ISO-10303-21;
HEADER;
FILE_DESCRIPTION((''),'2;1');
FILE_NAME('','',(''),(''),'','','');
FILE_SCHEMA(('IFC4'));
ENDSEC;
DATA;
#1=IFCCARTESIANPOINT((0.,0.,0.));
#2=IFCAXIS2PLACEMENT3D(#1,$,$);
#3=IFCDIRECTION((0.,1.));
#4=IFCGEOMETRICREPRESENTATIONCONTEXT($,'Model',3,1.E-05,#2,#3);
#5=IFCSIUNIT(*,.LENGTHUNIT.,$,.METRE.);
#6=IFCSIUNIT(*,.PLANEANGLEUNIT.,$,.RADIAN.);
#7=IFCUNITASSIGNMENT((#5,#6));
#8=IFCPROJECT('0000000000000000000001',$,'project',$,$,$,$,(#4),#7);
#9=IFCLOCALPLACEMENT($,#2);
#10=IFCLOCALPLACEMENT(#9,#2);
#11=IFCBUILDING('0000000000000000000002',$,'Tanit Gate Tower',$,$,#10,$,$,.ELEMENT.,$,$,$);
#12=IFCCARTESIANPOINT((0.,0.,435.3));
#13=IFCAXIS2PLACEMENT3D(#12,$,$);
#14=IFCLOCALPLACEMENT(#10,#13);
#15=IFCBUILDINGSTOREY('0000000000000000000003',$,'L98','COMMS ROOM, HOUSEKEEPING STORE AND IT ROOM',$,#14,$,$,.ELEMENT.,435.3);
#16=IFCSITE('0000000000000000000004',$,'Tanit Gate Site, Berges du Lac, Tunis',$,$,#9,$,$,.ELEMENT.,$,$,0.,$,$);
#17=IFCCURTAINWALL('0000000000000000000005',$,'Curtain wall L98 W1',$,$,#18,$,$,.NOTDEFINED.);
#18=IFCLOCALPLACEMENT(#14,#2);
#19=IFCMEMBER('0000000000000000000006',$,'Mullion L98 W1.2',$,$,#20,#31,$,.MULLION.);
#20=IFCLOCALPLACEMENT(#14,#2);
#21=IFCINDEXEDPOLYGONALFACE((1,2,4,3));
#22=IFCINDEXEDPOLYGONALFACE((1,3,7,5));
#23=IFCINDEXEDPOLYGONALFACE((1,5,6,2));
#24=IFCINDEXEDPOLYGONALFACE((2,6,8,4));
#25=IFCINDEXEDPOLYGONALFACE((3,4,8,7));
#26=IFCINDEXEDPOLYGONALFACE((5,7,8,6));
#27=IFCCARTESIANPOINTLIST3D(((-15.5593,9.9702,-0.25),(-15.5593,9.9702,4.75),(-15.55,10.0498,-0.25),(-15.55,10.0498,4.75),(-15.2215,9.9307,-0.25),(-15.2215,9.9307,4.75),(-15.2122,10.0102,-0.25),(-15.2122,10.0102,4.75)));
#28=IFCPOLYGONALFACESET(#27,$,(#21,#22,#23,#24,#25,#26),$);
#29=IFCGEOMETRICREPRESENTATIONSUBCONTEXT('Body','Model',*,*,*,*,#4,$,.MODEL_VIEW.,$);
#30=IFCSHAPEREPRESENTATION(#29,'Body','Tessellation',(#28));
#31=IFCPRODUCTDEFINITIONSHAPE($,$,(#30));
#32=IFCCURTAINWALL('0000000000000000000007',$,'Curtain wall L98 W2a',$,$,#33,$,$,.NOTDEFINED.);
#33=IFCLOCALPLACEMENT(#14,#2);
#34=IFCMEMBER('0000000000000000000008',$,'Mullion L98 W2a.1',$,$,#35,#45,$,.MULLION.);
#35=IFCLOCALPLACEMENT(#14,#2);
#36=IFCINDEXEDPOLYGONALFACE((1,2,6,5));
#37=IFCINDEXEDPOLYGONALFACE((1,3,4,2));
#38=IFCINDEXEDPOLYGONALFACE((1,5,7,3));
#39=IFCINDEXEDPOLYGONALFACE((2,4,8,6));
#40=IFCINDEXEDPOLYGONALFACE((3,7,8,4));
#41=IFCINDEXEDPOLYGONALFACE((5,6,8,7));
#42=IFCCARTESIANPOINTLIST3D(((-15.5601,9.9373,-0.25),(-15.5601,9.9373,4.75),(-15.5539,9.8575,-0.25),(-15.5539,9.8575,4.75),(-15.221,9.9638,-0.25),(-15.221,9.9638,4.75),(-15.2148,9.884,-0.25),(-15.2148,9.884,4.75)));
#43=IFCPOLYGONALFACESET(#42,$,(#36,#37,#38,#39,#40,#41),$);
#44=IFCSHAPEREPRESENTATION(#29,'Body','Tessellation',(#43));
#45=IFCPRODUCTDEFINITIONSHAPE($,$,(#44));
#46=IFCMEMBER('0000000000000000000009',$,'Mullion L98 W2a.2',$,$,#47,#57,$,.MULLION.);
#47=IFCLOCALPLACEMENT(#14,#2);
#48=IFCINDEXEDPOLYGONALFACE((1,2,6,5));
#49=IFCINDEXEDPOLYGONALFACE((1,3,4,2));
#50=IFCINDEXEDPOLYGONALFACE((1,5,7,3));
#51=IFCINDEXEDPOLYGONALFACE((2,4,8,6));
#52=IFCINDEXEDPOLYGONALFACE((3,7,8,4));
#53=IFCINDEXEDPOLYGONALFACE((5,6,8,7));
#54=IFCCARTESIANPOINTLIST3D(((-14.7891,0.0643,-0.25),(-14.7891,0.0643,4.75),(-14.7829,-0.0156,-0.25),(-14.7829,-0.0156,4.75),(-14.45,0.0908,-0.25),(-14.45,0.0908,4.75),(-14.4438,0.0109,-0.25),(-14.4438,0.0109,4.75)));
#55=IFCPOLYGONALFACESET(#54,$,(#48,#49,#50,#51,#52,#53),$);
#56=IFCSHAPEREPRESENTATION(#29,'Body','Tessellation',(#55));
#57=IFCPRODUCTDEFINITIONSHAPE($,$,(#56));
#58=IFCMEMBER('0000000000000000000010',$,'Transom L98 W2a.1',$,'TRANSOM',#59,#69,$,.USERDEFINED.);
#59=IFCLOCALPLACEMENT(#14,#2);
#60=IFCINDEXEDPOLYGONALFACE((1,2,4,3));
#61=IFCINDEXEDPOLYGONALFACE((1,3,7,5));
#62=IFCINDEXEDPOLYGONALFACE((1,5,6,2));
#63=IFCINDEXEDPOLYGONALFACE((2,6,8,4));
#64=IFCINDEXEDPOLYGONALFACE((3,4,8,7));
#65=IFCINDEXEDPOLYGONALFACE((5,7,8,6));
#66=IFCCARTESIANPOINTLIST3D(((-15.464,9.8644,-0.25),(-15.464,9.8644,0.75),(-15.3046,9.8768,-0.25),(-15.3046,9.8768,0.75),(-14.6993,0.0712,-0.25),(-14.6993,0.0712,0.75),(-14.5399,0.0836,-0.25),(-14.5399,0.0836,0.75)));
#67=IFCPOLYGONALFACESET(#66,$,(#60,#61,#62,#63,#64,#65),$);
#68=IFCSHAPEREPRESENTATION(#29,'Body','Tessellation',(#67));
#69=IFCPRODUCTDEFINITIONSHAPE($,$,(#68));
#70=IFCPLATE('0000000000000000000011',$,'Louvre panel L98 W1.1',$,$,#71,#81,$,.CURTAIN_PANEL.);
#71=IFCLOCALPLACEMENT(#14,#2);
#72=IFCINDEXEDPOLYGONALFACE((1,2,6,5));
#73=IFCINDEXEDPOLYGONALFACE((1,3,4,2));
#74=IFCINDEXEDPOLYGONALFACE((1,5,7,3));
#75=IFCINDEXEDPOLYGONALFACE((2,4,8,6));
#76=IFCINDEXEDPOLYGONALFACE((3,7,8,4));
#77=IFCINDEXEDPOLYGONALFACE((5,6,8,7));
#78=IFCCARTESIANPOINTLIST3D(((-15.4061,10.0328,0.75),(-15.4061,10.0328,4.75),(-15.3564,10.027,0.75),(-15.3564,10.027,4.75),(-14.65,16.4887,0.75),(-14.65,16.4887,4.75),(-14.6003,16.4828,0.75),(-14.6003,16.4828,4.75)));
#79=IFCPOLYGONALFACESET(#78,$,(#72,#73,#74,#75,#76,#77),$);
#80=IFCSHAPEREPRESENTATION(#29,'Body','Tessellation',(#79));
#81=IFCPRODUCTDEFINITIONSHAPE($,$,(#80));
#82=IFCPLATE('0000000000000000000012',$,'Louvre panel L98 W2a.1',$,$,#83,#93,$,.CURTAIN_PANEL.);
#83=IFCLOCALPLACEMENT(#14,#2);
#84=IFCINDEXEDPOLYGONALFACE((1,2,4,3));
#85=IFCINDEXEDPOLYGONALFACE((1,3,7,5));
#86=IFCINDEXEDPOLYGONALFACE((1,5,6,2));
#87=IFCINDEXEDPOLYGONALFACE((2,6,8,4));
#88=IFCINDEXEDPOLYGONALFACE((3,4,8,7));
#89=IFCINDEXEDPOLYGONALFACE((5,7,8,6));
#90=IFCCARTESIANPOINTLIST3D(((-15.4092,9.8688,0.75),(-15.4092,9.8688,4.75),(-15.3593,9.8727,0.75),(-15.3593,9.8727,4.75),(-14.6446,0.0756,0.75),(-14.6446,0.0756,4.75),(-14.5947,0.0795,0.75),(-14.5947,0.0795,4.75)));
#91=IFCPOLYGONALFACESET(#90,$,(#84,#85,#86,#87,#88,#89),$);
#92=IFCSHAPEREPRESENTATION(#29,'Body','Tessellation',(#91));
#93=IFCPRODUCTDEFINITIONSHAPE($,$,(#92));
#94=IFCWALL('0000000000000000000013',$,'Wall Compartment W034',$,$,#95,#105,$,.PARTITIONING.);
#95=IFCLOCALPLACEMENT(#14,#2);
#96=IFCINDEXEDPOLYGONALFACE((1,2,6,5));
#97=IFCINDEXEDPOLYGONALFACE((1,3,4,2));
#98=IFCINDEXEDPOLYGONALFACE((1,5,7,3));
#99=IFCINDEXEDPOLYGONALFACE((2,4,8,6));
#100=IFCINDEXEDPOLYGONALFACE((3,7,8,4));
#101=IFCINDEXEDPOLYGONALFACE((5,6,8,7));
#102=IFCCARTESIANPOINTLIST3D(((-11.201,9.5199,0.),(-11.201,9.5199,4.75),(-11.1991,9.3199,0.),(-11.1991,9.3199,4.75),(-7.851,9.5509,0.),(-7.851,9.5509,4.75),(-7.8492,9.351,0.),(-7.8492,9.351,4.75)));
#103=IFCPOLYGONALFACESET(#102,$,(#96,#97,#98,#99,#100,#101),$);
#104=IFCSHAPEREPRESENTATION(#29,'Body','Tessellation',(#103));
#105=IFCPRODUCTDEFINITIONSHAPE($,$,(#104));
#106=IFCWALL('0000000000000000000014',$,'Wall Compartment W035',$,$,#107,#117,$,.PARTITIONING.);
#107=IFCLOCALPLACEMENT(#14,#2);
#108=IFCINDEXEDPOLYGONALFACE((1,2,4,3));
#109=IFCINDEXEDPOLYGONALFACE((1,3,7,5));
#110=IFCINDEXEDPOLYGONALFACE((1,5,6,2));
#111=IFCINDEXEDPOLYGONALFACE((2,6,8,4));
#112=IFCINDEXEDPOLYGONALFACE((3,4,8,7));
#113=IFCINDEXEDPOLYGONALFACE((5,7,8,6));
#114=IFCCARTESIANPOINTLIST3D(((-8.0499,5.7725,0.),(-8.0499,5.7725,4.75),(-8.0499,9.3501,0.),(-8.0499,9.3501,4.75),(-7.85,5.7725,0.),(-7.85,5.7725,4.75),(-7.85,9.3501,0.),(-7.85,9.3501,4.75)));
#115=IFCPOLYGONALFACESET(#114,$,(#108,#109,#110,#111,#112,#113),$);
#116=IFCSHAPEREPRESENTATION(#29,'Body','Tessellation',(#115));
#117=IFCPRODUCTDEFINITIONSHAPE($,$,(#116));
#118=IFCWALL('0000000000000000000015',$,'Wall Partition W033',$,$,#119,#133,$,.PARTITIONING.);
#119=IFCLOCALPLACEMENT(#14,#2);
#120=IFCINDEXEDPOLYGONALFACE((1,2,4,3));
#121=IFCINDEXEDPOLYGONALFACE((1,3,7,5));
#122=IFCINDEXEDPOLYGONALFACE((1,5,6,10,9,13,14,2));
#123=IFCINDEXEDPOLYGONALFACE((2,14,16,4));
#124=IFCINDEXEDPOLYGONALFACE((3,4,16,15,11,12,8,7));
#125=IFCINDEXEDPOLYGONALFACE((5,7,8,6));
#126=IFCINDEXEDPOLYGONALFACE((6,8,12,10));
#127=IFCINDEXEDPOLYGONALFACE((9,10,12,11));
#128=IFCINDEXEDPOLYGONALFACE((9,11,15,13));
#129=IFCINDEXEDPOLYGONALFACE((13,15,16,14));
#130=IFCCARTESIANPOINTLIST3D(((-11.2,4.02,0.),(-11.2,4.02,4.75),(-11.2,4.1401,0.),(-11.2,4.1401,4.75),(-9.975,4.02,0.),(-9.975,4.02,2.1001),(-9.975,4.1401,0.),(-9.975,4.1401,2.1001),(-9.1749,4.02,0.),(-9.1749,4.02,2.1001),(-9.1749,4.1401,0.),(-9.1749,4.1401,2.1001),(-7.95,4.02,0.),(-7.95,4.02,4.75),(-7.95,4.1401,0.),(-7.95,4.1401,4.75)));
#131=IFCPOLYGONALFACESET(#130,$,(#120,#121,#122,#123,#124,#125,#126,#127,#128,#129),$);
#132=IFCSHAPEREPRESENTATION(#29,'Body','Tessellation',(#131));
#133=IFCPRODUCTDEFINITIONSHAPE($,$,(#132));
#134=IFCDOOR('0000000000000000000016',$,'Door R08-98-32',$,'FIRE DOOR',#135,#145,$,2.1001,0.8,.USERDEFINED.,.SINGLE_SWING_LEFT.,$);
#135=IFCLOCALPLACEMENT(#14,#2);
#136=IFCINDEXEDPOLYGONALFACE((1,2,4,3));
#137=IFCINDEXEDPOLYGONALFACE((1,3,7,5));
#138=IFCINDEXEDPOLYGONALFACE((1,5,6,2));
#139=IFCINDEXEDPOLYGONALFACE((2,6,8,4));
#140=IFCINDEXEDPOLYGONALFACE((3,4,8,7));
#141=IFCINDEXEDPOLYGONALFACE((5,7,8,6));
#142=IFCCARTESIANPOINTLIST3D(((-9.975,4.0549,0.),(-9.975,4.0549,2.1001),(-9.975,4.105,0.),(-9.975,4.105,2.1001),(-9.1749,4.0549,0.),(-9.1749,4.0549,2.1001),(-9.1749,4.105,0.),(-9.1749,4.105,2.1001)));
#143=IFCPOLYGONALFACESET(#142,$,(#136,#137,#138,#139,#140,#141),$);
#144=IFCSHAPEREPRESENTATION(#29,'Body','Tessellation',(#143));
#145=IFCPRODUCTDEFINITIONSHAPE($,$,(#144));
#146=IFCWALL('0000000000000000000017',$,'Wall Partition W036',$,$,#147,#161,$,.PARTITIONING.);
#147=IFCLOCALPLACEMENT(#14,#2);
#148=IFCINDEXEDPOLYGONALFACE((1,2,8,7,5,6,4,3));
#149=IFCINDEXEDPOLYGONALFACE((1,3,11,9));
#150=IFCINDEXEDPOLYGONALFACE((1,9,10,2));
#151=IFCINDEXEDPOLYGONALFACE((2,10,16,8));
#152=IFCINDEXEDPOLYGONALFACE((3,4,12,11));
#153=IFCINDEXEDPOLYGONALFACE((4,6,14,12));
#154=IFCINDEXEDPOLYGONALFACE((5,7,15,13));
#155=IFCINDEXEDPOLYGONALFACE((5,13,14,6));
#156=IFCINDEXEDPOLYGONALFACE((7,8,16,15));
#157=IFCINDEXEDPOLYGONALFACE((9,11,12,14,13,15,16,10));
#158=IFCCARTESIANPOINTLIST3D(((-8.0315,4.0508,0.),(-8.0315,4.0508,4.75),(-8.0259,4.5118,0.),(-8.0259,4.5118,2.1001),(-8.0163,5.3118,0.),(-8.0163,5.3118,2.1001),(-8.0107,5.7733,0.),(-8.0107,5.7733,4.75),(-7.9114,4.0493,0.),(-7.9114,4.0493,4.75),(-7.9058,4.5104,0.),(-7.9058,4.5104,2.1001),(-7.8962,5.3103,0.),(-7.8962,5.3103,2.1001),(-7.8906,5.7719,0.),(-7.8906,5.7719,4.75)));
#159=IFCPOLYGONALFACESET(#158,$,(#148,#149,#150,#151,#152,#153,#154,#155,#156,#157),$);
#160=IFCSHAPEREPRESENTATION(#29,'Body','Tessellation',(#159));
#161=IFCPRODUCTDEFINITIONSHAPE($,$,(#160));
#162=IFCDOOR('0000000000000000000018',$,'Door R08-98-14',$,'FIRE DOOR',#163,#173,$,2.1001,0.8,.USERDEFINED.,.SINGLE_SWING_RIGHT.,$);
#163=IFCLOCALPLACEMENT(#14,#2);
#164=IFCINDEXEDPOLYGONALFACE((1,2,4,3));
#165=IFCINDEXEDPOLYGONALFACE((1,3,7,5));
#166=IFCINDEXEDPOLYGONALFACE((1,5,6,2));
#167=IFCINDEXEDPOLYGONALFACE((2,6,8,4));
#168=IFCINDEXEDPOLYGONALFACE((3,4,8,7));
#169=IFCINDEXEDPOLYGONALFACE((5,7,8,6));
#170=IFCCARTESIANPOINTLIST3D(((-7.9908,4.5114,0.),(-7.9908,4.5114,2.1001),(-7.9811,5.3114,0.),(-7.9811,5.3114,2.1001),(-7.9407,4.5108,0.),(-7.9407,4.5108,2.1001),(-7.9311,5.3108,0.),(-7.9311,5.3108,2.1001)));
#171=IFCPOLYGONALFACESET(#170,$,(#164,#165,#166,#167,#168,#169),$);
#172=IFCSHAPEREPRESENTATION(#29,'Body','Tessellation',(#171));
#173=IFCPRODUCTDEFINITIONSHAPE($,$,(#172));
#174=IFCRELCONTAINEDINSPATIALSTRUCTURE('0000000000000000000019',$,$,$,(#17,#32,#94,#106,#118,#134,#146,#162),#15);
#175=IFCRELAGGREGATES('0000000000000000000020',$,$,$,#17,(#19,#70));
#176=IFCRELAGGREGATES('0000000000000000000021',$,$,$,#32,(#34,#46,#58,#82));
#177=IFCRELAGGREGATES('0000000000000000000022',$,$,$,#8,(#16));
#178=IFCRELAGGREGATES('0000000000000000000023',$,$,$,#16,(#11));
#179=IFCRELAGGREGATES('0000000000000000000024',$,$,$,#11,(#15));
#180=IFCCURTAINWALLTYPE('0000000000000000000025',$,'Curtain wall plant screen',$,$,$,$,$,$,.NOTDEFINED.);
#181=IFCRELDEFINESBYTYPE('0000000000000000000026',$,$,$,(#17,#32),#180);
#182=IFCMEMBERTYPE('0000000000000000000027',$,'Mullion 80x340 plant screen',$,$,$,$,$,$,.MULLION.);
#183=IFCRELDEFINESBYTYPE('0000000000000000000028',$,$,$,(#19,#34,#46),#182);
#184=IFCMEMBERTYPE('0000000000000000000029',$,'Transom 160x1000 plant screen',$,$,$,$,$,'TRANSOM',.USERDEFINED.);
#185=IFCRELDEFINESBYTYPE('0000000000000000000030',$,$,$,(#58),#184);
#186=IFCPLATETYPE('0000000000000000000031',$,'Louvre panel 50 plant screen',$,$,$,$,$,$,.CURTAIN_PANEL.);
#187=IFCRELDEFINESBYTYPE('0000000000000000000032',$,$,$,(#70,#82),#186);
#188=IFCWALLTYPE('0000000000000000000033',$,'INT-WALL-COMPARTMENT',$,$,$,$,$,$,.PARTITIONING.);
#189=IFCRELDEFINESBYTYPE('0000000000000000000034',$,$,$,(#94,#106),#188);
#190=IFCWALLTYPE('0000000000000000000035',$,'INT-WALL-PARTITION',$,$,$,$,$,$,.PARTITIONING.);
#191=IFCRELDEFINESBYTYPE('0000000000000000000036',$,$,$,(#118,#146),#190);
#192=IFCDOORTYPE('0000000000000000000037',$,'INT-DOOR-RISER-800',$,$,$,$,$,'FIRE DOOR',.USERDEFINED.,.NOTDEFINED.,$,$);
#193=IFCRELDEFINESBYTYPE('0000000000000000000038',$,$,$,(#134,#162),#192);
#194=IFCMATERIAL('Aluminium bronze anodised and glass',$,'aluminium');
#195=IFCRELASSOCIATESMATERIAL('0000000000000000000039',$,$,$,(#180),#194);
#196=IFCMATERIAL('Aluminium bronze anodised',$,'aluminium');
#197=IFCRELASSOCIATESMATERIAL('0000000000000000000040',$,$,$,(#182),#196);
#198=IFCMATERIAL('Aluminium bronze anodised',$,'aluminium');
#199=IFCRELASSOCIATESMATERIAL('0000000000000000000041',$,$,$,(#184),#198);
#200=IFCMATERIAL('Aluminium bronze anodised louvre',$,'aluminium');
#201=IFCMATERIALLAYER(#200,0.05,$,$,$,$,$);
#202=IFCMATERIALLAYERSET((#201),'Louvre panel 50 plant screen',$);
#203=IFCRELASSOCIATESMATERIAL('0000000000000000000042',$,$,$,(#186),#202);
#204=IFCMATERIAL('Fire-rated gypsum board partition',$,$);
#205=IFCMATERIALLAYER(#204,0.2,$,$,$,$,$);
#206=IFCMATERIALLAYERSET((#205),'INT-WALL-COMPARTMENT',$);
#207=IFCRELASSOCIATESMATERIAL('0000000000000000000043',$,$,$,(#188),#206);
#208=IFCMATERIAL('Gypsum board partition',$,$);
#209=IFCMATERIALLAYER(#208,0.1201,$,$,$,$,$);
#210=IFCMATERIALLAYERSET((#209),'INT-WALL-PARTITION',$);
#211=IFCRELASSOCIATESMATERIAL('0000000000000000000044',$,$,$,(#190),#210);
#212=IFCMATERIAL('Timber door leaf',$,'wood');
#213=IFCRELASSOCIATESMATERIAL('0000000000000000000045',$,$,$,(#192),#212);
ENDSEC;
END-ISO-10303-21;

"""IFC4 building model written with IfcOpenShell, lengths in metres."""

from ifc_helpers import new_model, si_unit, direction, frame, frame_2d, origin, origin_2d, place, context, subcontext, project, spatial, rectangle, extrude, material, layer, layer_set, material_profile, profile_set, type_object, element, fill, aggregate, save


model = new_model("IFC4")

# Units and contexts
model_context = context("Model", 3, precision=1e-05, world=origin(), true_north=direction((0.0, 1.0)))
body_context = subcontext(model_context, "Body", "Model", "MODEL_VIEW")
ifc_project = project(units=[si_unit("LENGTHUNIT", "METRE"), si_unit("PLANEANGLEUNIT", "RADIAN")], contexts=[model_context])

# Site, building, storey
site_placement = place(None, origin())
site = spatial("IfcSite", under=ifc_project, at=site_placement, Name="Tanit Gate Site, Berges du Lac, Tunis", CompositionType="ELEMENT", RefElevation=0.0)
building_placement = place(site_placement, origin())
building = spatial("IfcBuilding", under=site, at=building_placement, Name="Tanit Gate Tower", CompositionType="ELEMENT")
storey_placement = place(building_placement, frame((0.0, 0.0, 435.3)))
storey = spatial("IfcBuildingStorey", under=building, at=storey_placement, Name="L98", Description="COMMS ROOM, HOUSEKEEPING STORE AND IT ROOM", CompositionType="ELEMENT", Elevation=435.3)

# Curtain wall, member
ifc_material_1 = material(Name="Aluminium bronze anodised and glass", Category="aluminium")
curtain_wall_type = type_object("IfcCurtainWallType", Name="Curtain wall plant screen", PredefinedType="NOTDEFINED", material=ifc_material_1)
curtain_wall_1_placement = place(storey_placement, origin())
curtain_wall_1 = element("IfcCurtainWall", 1, at=curtain_wall_1_placement, inside=storey, type_object=curtain_wall_type, Name="Curtain wall L98 W1", PredefinedType="NOTDEFINED")
ifc_material_2 = material(Name="Aluminium bronze anodised", Category="aluminium")
ifc_material_profile_1 = material_profile(ifc_material_2, rectangle(XDim=0.3401, YDim=0.0801, at=origin_2d()), Name="80x340 bronze mullion")
ifc_profile_set_1 = profile_set([ifc_material_profile_1], Name="Aluminium bronze anodised")
member_type_1 = type_object("IfcMemberType", Name="Mullion 80x340 plant screen", PredefinedType="MULLION", material=ifc_profile_set_1)
member_1_placement = place(storey_placement, frame((-15.3857, 9.9902, -0.25), z_axis=(0.0, 0.0, 1.0), x_axis=(0.993212, -0.116318, 0.0)))
member_1 = element("IfcMember", 2, at=member_1_placement, type_object=member_type_1, Name="Mullion L98 W1.2", PredefinedType="MULLION", context=body_context, shape_type="SweptSolid", body=[
    extrude(rectangle(XDim=0.3401, YDim=0.0801, at=origin_2d()), origin(), (0.0, 0.0, 1.0), 5.0),
])

# Curtain wall, members
curtain_wall_2_placement = place(storey_placement, origin())
curtain_wall_2 = element("IfcCurtainWall", 3, at=curtain_wall_2_placement, inside=storey, type_object=curtain_wall_type, Name="Curtain wall L98 W2a", PredefinedType="NOTDEFINED")
member_2_placement = place(storey_placement, frame((-15.3875, 9.9106, -0.25), z_axis=(0.0, 0.0, 1.0), x_axis=(0.996966, 0.077839, 0.0)))
member_2 = element("IfcMember", 4, at=member_2_placement, type_object=member_type_1, Name="Mullion L98 W2a.1", PredefinedType="MULLION", context=body_context, shape_type="SweptSolid", body=[
    extrude(rectangle(XDim=0.3401, YDim=0.0801, at=origin_2d()), origin(), (0.0, 0.0, 1.0), 5.0),
])
member_3_placement = place(storey_placement, frame((-14.6165, 0.0376, -0.25), z_axis=(0.0, 0.0, 1.0), x_axis=(0.996966, 0.077839, 0.0)))
member_3 = element("IfcMember", 5, at=member_3_placement, type_object=member_type_1, Name="Mullion L98 W2a.2", PredefinedType="MULLION", context=body_context, shape_type="SweptSolid", body=[
    extrude(rectangle(XDim=0.3401, YDim=0.0801, at=origin_2d()), origin(), (0.0, 0.0, 1.0), 5.0),
])
ifc_material_3 = material(Name="Aluminium bronze anodised", Category="aluminium")
ifc_material_profile_2 = material_profile(ifc_material_3, rectangle(XDim=0.1599, YDim=1.0, at=origin_2d()), Name="160x1000 bronze transom")
ifc_profile_set_2 = profile_set([ifc_material_profile_2], Name="Aluminium bronze anodised")
member_type_2 = type_object("IfcMemberType", Name="Transom 160x1000 plant screen", ElementType="TRANSOM", PredefinedType="USERDEFINED", material=ifc_profile_set_2)
member_4_placement = place(storey_placement, frame((-15.3843, 9.8706, 0.25), z_axis=(0.077843, -0.996966, 0.0), x_axis=(0.996966, 0.077843, 0.0)))
member_4 = element("IfcMember", 6, at=member_4_placement, type_object=member_type_2, Name="Transom L98 W2a.1", ObjectType="TRANSOM", PredefinedType="USERDEFINED", context=body_context, shape_type="SweptSolid", body=[
    extrude(rectangle(XDim=0.1599, YDim=1.0, at=origin_2d()), origin(), (0.0, 0.0, 1.0), 9.823),
])

# Plates
ifc_material_4 = material(Name="Aluminium bronze anodised louvre", Category="aluminium")
ifc_layer_1 = layer(ifc_material_4, 0.05)
ifc_layer_set_1 = layer_set([ifc_layer_1], Name="Louvre panel 50 plant screen")
plate_type = type_object("IfcPlateType", Name="Louvre panel 50 plant screen", PredefinedType="CURTAIN_PANEL", material=ifc_layer_set_1)
plate_1_placement = place(storey_placement, frame((-15.0032, 13.2578, 0.75), z_axis=(0.0, 0.0, 1.0), x_axis=(-0.116318, -0.993212, 0.0)))
plate_1 = element("IfcPlate", 7, at=plate_1_placement, type_object=plate_type, Name="Louvre panel L98 W1.1", PredefinedType="CURTAIN_PANEL", context=body_context, shape_type="SweptSolid", body=[
    extrude(rectangle(XDim=6.5, YDim=0.05, at=origin_2d()), origin(), (0.0, 0.0, 1.0), 4.0),
])
aggregate(curtain_wall_1, [member_1, plate_1])
plate_2_placement = place(storey_placement, frame((-15.002, 4.9741, 0.75), z_axis=(0.0, 0.0, 1.0), x_axis=(0.077839, -0.996966, 0.0)))
plate_2 = element("IfcPlate", 8, at=plate_2_placement, type_object=plate_type, Name="Louvre panel L98 W2a.1", PredefinedType="CURTAIN_PANEL", context=body_context, shape_type="SweptSolid", body=[
    extrude(rectangle(XDim=9.823, YDim=0.05, at=origin_2d()), origin(), (0.0, 0.0, 1.0), 4.0),
])
aggregate(curtain_wall_2, [member_2, member_3, member_4, plate_2])

# Walls
ifc_material_5 = material(Name="Fire-rated gypsum board partition")
ifc_layer_2 = layer(ifc_material_5, 0.2)
ifc_layer_set_2 = layer_set([ifc_layer_2], Name="INT-WALL-COMPARTMENT")
wall_type_1 = type_object("IfcWallType", Name="INT-WALL-COMPARTMENT", PredefinedType="PARTITIONING", material=ifc_layer_set_2)
wall_1_placement = place(storey_placement, frame((-7.8501, 9.4509, 0.0), z_axis=(0.0, 0.0, 1.0), x_axis=(-0.999957, -0.009255, 0.0)))
element("IfcWall", 9, at=wall_1_placement, inside=storey, type_object=wall_type_1, Name="Wall Compartment W034", PredefinedType="PARTITIONING", context=body_context, shape_type="SweptSolid", body=[
    extrude(rectangle(XDim=3.3501, YDim=0.2, at=frame_2d((1.675, 0.0))), origin(), (0.0, 0.0, 1.0), 4.75),
])
wall_2_placement = place(storey_placement, frame((-7.95, 5.7725, 0.0), z_axis=(0.0, 0.0, 1.0), x_axis=(0.0, 1.0, 0.0)))
element("IfcWall", 10, at=wall_2_placement, inside=storey, type_object=wall_type_1, Name="Wall Compartment W035", PredefinedType="PARTITIONING", context=body_context, shape_type="SweptSolid", body=[
    extrude(rectangle(XDim=3.5776, YDim=0.2, at=frame_2d((1.7888, 0.0))), origin(), (0.0, 0.0, 1.0), 4.75),
])

# Walls, openings, doors
ifc_material_6 = material(Name="Gypsum board partition")
ifc_layer_3 = layer(ifc_material_6, 0.1201)
ifc_layer_set_3 = layer_set([ifc_layer_3], Name="INT-WALL-PARTITION")
wall_type_2 = type_object("IfcWallType", Name="INT-WALL-PARTITION", PredefinedType="PARTITIONING", material=ifc_layer_set_3)
wall_3_placement = place(storey_placement, frame((-11.2, 4.0801, 0.0), z_axis=(0.0, 0.0, 1.0), x_axis=(1.0, 0.0, 0.0)))
wall_3 = element("IfcWall", 11, at=wall_3_placement, inside=storey, type_object=wall_type_2, Name="Wall Partition W033", PredefinedType="PARTITIONING", context=body_context, shape_type="SweptSolid", body=[
    extrude(rectangle(XDim=3.25, YDim=0.1201, at=frame_2d((1.625, 0.0))), origin(), (0.0, 0.0, 1.0), 4.75),
])
opening_1_placement = place(wall_3_placement, frame((1.2251, 0.0, 0.0)))
opening_1 = element("IfcOpeningElement", 12, at=opening_1_placement, cuts=wall_3, PredefinedType="OPENING", context=body_context, shape_type="SweptSolid", body=[
    extrude(rectangle(XDim=0.8, YDim=2.1001, at=frame_2d((0.3999, 1.05))), frame((0.0, 0.0701, 0.0), z_axis=(0.0, -1.0, 0.0), x_axis=(1.0, 0.0, 0.0)), (0.0, 0.0, 1.0), 0.1401),
])
ifc_material_7 = material(Name="Timber door leaf", Category="wood")
door_type = type_object("IfcDoorType", Name="INT-DOOR-RISER-800", ElementType="FIRE DOOR", OperationType="NOTDEFINED", PredefinedType="USERDEFINED", material=ifc_material_7)
door_1_placement = place(opening_1_placement, origin())
door_1 = element("IfcDoor", 13, at=door_1_placement, inside=storey, type_object=door_type, Name="Door R08-98-32", ObjectType="FIRE DOOR", OperationType="SINGLE_SWING_LEFT", OverallHeight=2.1001, OverallWidth=0.8, PredefinedType="USERDEFINED", context=body_context, shape_type="SweptSolid", body=[
    extrude(rectangle(XDim=0.8, YDim=2.1001, at=frame_2d((0.3999, 1.05))), frame((0.0, 0.0249, 0.0), z_axis=(0.0, -1.0, 0.0), x_axis=(1.0, 0.0, 0.0)), (0.0, 0.0, 1.0), 0.05),
])
fill(opening_1, door_1)
wall_4_placement = place(storey_placement, frame((-7.9714, 4.05, 0.0), z_axis=(0.0, 0.0, 1.0), x_axis=(0.012047, 0.999927, 0.0)))
wall_4 = element("IfcWall", 14, at=wall_4_placement, inside=storey, type_object=wall_type_2, Name="Wall Partition W036", PredefinedType="PARTITIONING", context=body_context, shape_type="SweptSolid", body=[
    extrude(rectangle(XDim=1.7227, YDim=0.1201, at=frame_2d((0.8613, 0.0))), origin(), (0.0, 0.0, 1.0), 4.75),
])
opening_2_placement = place(wall_4_placement, frame((0.4612, 0.0, 0.0)))
opening_2 = element("IfcOpeningElement", 15, at=opening_2_placement, cuts=wall_4, PredefinedType="OPENING", context=body_context, shape_type="SweptSolid", body=[
    extrude(rectangle(XDim=0.8, YDim=2.1001, at=frame_2d((0.3999, 1.05))), frame((0.0, 0.0701, 0.0), z_axis=(0.0, -1.0, 0.0), x_axis=(1.0, 0.0, 0.0)), (0.0, 0.0, 1.0), 0.1401),
])
door_2_placement = place(opening_2_placement, origin())
door_2 = element("IfcDoor", 16, at=door_2_placement, inside=storey, type_object=door_type, Name="Door R08-98-14", ObjectType="FIRE DOOR", OperationType="SINGLE_SWING_RIGHT", OverallHeight=2.1001, OverallWidth=0.8, PredefinedType="USERDEFINED", context=body_context, shape_type="SweptSolid", body=[
    extrude(rectangle(XDim=0.8, YDim=2.1001, at=frame_2d((0.3999, 1.05))), frame((0.0, 0.0249, 0.0), z_axis=(0.0, -1.0, 0.0), x_axis=(1.0, 0.0, 0.0)), (0.0, 0.0, 1.0), 0.05),
])
fill(opening_2, door_2)

save(model, "model.ifc")
